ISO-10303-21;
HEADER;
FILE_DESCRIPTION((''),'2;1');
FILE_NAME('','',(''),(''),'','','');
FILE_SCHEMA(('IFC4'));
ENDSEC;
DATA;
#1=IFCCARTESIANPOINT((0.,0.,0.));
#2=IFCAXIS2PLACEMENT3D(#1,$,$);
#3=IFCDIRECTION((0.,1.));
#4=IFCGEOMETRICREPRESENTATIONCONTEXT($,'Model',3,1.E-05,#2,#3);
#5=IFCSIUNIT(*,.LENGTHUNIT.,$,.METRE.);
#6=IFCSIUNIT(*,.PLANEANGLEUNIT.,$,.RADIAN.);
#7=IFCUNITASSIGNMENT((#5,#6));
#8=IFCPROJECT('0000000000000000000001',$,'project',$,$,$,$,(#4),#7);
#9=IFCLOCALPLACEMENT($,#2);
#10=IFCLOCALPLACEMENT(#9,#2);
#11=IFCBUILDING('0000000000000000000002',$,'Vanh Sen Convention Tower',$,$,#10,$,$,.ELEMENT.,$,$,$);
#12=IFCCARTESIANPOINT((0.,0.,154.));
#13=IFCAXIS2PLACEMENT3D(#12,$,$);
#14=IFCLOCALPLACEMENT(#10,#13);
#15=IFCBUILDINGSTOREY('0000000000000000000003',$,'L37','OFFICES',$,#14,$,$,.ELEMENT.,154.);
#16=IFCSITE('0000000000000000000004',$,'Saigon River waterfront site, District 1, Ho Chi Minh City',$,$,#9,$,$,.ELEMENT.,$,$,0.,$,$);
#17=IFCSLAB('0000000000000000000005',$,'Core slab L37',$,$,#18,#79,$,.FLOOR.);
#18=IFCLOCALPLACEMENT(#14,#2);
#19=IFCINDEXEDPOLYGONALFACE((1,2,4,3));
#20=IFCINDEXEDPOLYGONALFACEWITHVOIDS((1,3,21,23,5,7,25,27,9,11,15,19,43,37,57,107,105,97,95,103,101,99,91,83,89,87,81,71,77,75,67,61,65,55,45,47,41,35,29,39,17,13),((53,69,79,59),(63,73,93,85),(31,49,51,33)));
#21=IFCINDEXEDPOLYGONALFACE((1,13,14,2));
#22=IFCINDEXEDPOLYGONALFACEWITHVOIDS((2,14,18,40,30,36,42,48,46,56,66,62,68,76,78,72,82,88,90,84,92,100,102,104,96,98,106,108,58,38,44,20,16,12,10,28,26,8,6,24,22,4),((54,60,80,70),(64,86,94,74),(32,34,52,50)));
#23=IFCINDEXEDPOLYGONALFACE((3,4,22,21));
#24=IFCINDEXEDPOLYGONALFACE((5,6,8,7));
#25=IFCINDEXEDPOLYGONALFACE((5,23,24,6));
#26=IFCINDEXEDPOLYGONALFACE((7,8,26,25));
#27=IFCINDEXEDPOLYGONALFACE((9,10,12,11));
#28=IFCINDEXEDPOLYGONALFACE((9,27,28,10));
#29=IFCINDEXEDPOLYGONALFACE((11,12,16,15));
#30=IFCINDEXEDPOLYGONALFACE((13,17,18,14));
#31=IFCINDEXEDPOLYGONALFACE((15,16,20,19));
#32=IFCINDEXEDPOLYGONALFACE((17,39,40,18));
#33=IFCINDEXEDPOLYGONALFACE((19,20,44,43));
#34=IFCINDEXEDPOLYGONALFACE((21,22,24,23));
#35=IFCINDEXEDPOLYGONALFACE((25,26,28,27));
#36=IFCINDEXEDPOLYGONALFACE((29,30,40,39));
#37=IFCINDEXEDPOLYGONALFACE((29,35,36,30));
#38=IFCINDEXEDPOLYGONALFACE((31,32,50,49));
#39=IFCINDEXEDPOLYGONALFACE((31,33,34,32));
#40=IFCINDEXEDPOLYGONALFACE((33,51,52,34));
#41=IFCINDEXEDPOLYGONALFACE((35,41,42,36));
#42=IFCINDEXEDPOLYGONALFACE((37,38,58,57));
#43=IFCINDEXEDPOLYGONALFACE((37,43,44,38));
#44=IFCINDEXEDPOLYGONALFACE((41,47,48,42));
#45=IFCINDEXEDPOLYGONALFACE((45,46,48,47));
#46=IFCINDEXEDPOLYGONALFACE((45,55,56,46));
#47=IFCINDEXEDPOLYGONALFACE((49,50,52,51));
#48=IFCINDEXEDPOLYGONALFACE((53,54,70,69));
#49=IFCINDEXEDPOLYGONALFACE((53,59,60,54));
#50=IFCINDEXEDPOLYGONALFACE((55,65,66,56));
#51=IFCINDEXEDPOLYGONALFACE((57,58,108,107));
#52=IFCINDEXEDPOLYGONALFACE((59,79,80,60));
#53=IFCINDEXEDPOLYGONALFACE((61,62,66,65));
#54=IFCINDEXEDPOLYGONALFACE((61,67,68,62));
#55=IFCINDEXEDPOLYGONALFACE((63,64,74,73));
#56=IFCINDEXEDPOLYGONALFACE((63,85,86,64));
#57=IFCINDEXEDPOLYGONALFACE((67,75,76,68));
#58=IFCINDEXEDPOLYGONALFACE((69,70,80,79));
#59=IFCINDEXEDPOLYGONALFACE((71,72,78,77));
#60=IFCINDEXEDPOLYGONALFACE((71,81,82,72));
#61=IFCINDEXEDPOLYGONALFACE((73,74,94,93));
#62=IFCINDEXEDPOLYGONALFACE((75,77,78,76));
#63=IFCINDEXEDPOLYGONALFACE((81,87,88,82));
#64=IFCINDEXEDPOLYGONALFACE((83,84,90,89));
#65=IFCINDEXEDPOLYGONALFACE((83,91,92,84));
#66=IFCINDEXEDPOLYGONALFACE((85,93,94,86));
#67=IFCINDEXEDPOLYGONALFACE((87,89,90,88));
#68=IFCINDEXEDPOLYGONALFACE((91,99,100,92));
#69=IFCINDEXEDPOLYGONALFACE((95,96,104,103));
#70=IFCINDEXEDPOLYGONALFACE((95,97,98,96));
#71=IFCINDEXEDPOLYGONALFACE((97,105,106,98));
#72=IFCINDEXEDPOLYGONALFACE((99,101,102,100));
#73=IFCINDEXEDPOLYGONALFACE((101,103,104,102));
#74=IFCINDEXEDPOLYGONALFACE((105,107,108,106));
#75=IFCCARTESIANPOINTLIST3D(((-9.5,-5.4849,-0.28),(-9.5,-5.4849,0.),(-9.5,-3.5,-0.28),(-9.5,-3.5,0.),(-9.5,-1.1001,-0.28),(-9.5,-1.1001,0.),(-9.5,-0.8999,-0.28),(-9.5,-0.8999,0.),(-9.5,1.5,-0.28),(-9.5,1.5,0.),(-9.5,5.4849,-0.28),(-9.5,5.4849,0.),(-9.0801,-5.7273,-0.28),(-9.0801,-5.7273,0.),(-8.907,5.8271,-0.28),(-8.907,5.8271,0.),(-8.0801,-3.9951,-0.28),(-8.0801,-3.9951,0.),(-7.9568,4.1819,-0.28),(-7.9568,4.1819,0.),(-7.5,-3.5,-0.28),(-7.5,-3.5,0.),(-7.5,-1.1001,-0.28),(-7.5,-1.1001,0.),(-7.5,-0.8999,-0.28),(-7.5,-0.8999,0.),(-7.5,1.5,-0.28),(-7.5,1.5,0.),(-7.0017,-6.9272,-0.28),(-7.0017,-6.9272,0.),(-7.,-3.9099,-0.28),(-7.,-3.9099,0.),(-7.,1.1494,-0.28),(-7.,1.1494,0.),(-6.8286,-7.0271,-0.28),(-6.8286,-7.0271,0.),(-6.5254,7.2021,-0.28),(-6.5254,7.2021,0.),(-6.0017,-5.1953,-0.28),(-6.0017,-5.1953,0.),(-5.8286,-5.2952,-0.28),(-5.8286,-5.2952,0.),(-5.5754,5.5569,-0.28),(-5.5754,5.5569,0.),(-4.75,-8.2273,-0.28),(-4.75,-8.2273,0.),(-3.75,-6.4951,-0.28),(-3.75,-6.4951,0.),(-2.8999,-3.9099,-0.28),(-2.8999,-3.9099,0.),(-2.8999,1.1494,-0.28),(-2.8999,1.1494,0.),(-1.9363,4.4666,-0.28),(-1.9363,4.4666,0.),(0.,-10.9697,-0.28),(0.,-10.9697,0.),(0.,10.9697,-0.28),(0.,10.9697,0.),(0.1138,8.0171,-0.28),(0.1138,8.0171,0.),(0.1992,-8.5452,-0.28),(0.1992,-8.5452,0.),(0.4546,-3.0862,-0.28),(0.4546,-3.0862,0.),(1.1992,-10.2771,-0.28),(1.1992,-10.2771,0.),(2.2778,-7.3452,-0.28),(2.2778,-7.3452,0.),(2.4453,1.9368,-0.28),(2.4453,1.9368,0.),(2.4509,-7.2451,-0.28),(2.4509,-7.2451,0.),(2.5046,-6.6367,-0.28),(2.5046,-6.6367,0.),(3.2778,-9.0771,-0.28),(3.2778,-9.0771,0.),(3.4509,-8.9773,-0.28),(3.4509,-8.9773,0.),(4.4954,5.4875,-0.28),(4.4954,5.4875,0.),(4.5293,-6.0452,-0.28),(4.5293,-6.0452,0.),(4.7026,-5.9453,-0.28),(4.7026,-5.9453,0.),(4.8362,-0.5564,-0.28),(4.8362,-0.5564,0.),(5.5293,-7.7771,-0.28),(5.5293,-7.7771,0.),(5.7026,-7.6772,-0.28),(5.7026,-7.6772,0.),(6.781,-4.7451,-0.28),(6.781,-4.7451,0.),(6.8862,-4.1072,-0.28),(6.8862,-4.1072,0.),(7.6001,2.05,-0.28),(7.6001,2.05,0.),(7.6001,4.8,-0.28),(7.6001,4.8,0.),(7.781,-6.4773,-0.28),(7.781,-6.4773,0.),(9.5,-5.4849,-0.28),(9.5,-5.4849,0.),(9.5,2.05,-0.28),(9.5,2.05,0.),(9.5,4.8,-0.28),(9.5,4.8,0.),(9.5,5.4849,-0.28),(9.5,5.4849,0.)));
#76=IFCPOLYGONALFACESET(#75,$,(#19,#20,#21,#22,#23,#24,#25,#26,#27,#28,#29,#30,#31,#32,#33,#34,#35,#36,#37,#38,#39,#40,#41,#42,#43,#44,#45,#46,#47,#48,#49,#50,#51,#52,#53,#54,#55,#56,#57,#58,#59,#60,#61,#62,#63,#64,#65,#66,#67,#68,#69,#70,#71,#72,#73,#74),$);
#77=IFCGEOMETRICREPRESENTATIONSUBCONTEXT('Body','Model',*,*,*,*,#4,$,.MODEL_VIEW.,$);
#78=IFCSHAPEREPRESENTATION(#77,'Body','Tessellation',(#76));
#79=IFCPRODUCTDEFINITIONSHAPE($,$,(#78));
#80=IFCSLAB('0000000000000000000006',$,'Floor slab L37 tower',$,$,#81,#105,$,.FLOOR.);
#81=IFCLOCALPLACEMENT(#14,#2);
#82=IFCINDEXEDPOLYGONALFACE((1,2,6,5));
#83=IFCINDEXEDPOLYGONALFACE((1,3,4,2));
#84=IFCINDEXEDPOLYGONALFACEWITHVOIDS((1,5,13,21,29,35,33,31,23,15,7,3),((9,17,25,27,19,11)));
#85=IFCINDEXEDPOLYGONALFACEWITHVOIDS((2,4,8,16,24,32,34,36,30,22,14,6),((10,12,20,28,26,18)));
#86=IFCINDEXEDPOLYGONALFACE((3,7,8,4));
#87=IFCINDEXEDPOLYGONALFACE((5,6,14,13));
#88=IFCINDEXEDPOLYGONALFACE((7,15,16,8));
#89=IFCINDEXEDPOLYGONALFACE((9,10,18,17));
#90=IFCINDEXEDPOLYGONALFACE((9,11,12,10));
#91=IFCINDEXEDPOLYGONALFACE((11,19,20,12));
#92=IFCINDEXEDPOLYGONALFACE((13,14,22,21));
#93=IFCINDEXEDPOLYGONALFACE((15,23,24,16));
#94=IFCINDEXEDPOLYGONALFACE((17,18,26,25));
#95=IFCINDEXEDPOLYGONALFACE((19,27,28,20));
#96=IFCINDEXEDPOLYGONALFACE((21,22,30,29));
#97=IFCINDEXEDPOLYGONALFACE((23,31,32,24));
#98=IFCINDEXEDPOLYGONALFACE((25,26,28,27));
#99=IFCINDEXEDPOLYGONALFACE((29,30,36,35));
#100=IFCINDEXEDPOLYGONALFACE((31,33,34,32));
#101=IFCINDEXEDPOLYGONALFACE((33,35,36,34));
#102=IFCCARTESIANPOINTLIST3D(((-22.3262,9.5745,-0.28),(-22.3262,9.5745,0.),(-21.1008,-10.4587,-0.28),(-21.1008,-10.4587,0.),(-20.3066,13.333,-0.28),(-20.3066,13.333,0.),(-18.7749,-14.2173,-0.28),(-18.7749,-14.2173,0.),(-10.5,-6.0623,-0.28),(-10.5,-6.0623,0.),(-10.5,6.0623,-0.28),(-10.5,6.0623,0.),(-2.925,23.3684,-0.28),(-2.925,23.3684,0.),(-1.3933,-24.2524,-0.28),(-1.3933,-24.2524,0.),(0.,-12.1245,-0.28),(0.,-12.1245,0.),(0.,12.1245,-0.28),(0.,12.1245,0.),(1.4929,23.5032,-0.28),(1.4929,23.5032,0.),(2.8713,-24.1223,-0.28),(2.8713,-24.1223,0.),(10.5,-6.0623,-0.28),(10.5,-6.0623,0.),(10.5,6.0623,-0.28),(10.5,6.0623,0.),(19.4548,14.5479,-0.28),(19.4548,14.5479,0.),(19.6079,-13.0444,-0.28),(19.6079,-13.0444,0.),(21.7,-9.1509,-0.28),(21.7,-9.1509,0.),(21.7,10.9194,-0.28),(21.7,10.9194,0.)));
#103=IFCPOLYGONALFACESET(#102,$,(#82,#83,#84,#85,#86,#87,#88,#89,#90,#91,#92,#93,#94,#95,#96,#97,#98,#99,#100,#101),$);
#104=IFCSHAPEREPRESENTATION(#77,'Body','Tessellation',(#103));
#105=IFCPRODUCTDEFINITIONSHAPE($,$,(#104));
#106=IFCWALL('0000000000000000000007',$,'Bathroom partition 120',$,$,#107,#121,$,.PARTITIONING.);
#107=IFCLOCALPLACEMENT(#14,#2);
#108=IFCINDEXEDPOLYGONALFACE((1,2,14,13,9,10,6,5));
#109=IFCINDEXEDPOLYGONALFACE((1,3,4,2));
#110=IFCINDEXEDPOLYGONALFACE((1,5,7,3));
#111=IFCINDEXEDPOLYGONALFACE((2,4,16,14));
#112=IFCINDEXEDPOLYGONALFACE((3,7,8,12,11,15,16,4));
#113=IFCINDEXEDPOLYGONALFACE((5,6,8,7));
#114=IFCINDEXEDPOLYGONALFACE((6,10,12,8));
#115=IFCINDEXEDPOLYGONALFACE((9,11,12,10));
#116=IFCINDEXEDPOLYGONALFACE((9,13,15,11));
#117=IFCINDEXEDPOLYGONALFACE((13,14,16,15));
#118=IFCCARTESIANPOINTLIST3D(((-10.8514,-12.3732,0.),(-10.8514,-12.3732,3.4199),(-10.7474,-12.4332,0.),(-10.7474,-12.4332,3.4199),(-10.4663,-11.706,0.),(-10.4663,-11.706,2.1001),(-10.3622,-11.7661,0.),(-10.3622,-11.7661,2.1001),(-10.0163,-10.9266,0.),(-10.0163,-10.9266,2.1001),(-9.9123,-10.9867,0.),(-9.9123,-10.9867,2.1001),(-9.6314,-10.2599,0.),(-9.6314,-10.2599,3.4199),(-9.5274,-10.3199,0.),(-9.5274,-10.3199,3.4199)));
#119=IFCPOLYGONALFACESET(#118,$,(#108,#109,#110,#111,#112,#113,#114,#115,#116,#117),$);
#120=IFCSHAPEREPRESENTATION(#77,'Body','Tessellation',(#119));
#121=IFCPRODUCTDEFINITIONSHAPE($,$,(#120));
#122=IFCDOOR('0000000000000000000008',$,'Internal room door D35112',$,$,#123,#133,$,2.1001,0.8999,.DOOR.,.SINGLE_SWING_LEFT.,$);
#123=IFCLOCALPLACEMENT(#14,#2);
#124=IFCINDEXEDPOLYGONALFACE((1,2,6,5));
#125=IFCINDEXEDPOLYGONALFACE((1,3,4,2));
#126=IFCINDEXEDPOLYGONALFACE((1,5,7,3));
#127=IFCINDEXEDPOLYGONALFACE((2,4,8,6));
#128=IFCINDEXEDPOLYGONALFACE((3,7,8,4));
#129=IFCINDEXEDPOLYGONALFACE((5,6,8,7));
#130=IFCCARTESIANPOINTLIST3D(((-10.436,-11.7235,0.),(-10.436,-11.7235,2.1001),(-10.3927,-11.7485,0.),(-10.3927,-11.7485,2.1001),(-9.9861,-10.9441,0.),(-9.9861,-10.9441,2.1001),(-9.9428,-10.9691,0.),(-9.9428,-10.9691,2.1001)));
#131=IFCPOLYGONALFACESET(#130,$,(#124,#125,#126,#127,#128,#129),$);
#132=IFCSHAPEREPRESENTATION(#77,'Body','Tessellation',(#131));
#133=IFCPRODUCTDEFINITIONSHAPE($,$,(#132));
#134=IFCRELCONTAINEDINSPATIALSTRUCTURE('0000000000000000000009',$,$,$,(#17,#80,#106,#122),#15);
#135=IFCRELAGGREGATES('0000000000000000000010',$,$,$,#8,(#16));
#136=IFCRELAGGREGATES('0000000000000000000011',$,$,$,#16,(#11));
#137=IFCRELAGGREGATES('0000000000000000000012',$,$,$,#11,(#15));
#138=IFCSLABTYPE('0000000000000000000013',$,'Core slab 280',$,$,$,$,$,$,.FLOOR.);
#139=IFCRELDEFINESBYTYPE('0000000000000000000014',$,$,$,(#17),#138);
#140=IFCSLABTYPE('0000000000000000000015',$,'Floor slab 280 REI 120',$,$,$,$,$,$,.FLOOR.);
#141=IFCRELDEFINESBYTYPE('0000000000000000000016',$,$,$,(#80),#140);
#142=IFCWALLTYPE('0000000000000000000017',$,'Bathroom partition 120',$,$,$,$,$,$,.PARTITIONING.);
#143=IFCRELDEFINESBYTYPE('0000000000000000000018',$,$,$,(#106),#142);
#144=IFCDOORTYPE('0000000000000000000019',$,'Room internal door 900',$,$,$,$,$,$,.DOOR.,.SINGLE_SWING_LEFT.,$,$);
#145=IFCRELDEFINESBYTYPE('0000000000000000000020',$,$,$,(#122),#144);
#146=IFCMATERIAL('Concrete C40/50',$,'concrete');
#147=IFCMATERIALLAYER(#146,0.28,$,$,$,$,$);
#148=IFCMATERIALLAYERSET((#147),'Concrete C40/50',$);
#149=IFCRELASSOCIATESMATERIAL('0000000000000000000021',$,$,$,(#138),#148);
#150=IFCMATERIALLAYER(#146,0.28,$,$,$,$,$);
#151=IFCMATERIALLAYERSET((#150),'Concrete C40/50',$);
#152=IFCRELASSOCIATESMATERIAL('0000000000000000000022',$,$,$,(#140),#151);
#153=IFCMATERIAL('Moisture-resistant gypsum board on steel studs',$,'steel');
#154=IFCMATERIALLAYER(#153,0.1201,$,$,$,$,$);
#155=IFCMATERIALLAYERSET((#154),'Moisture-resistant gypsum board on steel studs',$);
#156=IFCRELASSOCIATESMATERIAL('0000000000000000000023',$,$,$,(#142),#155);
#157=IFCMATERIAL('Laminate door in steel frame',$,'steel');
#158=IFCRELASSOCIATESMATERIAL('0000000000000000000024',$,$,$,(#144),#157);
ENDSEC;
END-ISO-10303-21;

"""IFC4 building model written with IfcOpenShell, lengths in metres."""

from ifc_helpers import new_model, si_unit, direction, frame, frame_2d, origin, place, context, subcontext, project, spatial, polyline, rectangle, outline, extrude, material, layer, layer_set, type_object, element, fill, save


model = new_model("IFC4")

# Units and contexts
model_context = context("Model", 3, precision=1e-05, world=origin(), true_north=direction((0.0, 1.0)))
body_context = subcontext(model_context, "Body", "Model", "MODEL_VIEW")
ifc_project = project(units=[si_unit("LENGTHUNIT", "METRE"), si_unit("PLANEANGLEUNIT", "RADIAN")], contexts=[model_context])

# Site, building, storey
site_placement = place(None, origin())
site = spatial("IfcSite", under=ifc_project, at=site_placement, Name="Saigon River waterfront site, District 1, Ho Chi Minh City", CompositionType="ELEMENT", RefElevation=0.0)
building_placement = place(site_placement, origin())
building = spatial("IfcBuilding", under=site, at=building_placement, Name="Vanh Sen Convention Tower", CompositionType="ELEMENT")
storey_placement = place(building_placement, frame((0.0, 0.0, 154.0)))
storey = spatial("IfcBuildingStorey", under=building, at=storey_placement, Name="L37", Description="OFFICES", CompositionType="ELEMENT", Elevation=154.0)

# Slabs
ifc_material_1 = material(Name="Concrete C40/50", Category="concrete")
ifc_layer_1 = layer(ifc_material_1, 0.28)
ifc_layer_set_1 = layer_set([ifc_layer_1], Name="Concrete C40/50")
slab_type_1 = type_object("IfcSlabType", Name="Core slab 280", PredefinedType="FLOOR", material=ifc_layer_set_1)
slab_1_placement = place(storey_placement, frame((0.0, 0.0, -0.28)))
element("IfcSlab", 1, at=slab_1_placement, inside=storey, type_object=slab_type_1, Name="Core slab L37", PredefinedType="FLOOR", context=body_context, shape_type="SweptSolid", body=[
    extrude(outline(polyline([(0.0, 10.9697), (9.5, 5.4849), (9.5, 4.8), (7.6001, 4.8), (7.6001, 2.05), (9.5, 2.05), (9.5, -5.4849), (7.781, -6.4773), (6.781, -4.7451), (4.7026, -5.9453), (5.7026, -7.6772), (5.5293, -7.7771), (4.5293, -6.0452), (2.4509, -7.2451), (3.4509, -8.9773), (3.2778, -9.0771), (2.2778, -7.3452), (0.1992, -8.5452), (1.1992, -10.2771), (0.0, -10.9697), (-4.75, -8.2273), (-3.75, -6.4951), (-5.8286, -5.2952), (-6.8286, -7.0271), (-7.0017, -6.9272), (-6.0017, -5.1953), (-8.0801, -3.9951), (-9.0801, -5.7273), (-9.5, -5.4849), (-9.5, -3.5), (-7.5, -3.5), (-7.5, -1.1001), (-9.5, -1.1001), (-9.5, -0.8999), (-7.5, -0.8999), (-7.5, 1.5), (-9.5, 1.5), (-9.5, 5.4849), (-8.907, 5.8271), (-7.9568, 4.1819), (-5.5754, 5.5569), (-6.5254, 7.2021), (0.0, 10.9697)]), holes=[polyline([(-7.0, 1.1494), (-7.0, -3.9099), (-2.8999, -3.9099), (-2.8999, 1.1494), (-7.0, 1.1494)]), polyline([(2.5046, -6.6367), (6.8862, -4.1072), (4.8362, -0.5564), (0.4546, -3.0862), (2.5046, -6.6367)]), polyline([(0.1138, 8.0171), (-1.9363, 4.4666), (2.4453, 1.9368), (4.4954, 5.4875), (0.1138, 8.0171)])]), origin(), (0.0, 0.0, 1.0), 0.28),
])
ifc_layer_2 = layer(ifc_material_1, 0.28)
ifc_layer_set_2 = layer_set([ifc_layer_2], Name="Concrete C40/50")
slab_type_2 = type_object("IfcSlabType", Name="Floor slab 280 REI 120", PredefinedType="FLOOR", material=ifc_layer_set_2)
slab_2_placement = place(storey_placement, frame((0.0, 0.0, -0.28)))
element("IfcSlab", 2, at=slab_2_placement, inside=storey, type_object=slab_type_2, Name="Floor slab L37 tower", PredefinedType="FLOOR", context=body_context, shape_type="SweptSolid", body=[
    extrude(outline(polyline([(21.7, -9.1509), (21.7, 10.9194), (19.4548, 14.5479), (1.4929, 23.5032), (-2.925, 23.3684), (-20.3066, 13.333), (-22.3262, 9.5745), (-21.1008, -10.4587), (-18.7749, -14.2173), (-1.3933, -24.2524), (2.8713, -24.1223), (19.6079, -13.0444), (21.7, -9.1509)]), holes=[polyline([(0.0, 12.1245), (-10.5, 6.0623), (-10.5, -6.0623), (0.0, -12.1245), (10.5, -6.0623), (10.5, 6.0623), (0.0, 12.1245)])]), origin(), (0.0, 0.0, 1.0), 0.28),
])

# Wall, opening, door
ifc_material_2 = material(Name="Moisture-resistant gypsum board on steel studs", Category="steel")
ifc_layer_3 = layer(ifc_material_2, 0.1201)
ifc_layer_set_3 = layer_set([ifc_layer_3], Name="Moisture-resistant gypsum board on steel studs")
wall_type_1 = type_object("IfcWallType", Name="Bathroom partition 120", PredefinedType="PARTITIONING", material=ifc_layer_set_3)
wall_1_placement = place(storey_placement, frame((-9.5793, -10.2898, 0.0), z_axis=(0.0, 0.0, 1.0), x_axis=(-0.499959, -0.866049, 0.0)))
wall_1 = element("IfcWall", 3, at=wall_1_placement, inside=storey, type_object=wall_type_1, Name="Bathroom partition 120", PredefinedType="PARTITIONING", context=body_context, shape_type="SweptSolid", body=[
    extrude(rectangle(XDim=2.4402, YDim=0.1201, at=frame_2d((1.2202, 0.0))), origin(), (0.0, 0.0, 1.0), 3.4199),
])
opening_1_placement = place(wall_1_placement, frame((0.77, 0.0, 0.0)))
opening_1 = element("IfcOpeningElement", 4, at=opening_1_placement, cuts=wall_1, PredefinedType="OPENING", context=body_context, shape_type="SweptSolid", body=[
    extrude(rectangle(XDim=0.8999, YDim=2.1001, at=frame_2d((0.45, 1.05))), frame((0.0, 0.0701, 0.0), z_axis=(0.0, -1.0, 0.0), x_axis=(1.0, 0.0, 0.0)), (0.0, 0.0, 1.0), 0.1401),
])
ifc_material_3 = material(Name="Laminate door in steel frame", Category="steel")
door_type_1 = type_object("IfcDoorType", Name="Room internal door 900", OperationType="SINGLE_SWING_LEFT", PredefinedType="DOOR", material=ifc_material_3)
door_1_placement = place(opening_1_placement, origin())
door_1 = element("IfcDoor", 5, at=door_1_placement, inside=storey, type_object=door_type_1, Name="Internal room door D35112", OperationType="SINGLE_SWING_LEFT", OverallHeight=2.1001, OverallWidth=0.8999, PredefinedType="DOOR", context=body_context, shape_type="SweptSolid", body=[
    extrude(rectangle(XDim=0.8999, YDim=2.1001, at=frame_2d((0.45, 1.05))), frame((0.0, 0.0249, 0.0), z_axis=(0.0, -1.0, 0.0), x_axis=(1.0, 0.0, 0.0)), (0.0, 0.0, 1.0), 0.05),
])
fill(opening_1, door_1)

save(model, "model.ifc")
